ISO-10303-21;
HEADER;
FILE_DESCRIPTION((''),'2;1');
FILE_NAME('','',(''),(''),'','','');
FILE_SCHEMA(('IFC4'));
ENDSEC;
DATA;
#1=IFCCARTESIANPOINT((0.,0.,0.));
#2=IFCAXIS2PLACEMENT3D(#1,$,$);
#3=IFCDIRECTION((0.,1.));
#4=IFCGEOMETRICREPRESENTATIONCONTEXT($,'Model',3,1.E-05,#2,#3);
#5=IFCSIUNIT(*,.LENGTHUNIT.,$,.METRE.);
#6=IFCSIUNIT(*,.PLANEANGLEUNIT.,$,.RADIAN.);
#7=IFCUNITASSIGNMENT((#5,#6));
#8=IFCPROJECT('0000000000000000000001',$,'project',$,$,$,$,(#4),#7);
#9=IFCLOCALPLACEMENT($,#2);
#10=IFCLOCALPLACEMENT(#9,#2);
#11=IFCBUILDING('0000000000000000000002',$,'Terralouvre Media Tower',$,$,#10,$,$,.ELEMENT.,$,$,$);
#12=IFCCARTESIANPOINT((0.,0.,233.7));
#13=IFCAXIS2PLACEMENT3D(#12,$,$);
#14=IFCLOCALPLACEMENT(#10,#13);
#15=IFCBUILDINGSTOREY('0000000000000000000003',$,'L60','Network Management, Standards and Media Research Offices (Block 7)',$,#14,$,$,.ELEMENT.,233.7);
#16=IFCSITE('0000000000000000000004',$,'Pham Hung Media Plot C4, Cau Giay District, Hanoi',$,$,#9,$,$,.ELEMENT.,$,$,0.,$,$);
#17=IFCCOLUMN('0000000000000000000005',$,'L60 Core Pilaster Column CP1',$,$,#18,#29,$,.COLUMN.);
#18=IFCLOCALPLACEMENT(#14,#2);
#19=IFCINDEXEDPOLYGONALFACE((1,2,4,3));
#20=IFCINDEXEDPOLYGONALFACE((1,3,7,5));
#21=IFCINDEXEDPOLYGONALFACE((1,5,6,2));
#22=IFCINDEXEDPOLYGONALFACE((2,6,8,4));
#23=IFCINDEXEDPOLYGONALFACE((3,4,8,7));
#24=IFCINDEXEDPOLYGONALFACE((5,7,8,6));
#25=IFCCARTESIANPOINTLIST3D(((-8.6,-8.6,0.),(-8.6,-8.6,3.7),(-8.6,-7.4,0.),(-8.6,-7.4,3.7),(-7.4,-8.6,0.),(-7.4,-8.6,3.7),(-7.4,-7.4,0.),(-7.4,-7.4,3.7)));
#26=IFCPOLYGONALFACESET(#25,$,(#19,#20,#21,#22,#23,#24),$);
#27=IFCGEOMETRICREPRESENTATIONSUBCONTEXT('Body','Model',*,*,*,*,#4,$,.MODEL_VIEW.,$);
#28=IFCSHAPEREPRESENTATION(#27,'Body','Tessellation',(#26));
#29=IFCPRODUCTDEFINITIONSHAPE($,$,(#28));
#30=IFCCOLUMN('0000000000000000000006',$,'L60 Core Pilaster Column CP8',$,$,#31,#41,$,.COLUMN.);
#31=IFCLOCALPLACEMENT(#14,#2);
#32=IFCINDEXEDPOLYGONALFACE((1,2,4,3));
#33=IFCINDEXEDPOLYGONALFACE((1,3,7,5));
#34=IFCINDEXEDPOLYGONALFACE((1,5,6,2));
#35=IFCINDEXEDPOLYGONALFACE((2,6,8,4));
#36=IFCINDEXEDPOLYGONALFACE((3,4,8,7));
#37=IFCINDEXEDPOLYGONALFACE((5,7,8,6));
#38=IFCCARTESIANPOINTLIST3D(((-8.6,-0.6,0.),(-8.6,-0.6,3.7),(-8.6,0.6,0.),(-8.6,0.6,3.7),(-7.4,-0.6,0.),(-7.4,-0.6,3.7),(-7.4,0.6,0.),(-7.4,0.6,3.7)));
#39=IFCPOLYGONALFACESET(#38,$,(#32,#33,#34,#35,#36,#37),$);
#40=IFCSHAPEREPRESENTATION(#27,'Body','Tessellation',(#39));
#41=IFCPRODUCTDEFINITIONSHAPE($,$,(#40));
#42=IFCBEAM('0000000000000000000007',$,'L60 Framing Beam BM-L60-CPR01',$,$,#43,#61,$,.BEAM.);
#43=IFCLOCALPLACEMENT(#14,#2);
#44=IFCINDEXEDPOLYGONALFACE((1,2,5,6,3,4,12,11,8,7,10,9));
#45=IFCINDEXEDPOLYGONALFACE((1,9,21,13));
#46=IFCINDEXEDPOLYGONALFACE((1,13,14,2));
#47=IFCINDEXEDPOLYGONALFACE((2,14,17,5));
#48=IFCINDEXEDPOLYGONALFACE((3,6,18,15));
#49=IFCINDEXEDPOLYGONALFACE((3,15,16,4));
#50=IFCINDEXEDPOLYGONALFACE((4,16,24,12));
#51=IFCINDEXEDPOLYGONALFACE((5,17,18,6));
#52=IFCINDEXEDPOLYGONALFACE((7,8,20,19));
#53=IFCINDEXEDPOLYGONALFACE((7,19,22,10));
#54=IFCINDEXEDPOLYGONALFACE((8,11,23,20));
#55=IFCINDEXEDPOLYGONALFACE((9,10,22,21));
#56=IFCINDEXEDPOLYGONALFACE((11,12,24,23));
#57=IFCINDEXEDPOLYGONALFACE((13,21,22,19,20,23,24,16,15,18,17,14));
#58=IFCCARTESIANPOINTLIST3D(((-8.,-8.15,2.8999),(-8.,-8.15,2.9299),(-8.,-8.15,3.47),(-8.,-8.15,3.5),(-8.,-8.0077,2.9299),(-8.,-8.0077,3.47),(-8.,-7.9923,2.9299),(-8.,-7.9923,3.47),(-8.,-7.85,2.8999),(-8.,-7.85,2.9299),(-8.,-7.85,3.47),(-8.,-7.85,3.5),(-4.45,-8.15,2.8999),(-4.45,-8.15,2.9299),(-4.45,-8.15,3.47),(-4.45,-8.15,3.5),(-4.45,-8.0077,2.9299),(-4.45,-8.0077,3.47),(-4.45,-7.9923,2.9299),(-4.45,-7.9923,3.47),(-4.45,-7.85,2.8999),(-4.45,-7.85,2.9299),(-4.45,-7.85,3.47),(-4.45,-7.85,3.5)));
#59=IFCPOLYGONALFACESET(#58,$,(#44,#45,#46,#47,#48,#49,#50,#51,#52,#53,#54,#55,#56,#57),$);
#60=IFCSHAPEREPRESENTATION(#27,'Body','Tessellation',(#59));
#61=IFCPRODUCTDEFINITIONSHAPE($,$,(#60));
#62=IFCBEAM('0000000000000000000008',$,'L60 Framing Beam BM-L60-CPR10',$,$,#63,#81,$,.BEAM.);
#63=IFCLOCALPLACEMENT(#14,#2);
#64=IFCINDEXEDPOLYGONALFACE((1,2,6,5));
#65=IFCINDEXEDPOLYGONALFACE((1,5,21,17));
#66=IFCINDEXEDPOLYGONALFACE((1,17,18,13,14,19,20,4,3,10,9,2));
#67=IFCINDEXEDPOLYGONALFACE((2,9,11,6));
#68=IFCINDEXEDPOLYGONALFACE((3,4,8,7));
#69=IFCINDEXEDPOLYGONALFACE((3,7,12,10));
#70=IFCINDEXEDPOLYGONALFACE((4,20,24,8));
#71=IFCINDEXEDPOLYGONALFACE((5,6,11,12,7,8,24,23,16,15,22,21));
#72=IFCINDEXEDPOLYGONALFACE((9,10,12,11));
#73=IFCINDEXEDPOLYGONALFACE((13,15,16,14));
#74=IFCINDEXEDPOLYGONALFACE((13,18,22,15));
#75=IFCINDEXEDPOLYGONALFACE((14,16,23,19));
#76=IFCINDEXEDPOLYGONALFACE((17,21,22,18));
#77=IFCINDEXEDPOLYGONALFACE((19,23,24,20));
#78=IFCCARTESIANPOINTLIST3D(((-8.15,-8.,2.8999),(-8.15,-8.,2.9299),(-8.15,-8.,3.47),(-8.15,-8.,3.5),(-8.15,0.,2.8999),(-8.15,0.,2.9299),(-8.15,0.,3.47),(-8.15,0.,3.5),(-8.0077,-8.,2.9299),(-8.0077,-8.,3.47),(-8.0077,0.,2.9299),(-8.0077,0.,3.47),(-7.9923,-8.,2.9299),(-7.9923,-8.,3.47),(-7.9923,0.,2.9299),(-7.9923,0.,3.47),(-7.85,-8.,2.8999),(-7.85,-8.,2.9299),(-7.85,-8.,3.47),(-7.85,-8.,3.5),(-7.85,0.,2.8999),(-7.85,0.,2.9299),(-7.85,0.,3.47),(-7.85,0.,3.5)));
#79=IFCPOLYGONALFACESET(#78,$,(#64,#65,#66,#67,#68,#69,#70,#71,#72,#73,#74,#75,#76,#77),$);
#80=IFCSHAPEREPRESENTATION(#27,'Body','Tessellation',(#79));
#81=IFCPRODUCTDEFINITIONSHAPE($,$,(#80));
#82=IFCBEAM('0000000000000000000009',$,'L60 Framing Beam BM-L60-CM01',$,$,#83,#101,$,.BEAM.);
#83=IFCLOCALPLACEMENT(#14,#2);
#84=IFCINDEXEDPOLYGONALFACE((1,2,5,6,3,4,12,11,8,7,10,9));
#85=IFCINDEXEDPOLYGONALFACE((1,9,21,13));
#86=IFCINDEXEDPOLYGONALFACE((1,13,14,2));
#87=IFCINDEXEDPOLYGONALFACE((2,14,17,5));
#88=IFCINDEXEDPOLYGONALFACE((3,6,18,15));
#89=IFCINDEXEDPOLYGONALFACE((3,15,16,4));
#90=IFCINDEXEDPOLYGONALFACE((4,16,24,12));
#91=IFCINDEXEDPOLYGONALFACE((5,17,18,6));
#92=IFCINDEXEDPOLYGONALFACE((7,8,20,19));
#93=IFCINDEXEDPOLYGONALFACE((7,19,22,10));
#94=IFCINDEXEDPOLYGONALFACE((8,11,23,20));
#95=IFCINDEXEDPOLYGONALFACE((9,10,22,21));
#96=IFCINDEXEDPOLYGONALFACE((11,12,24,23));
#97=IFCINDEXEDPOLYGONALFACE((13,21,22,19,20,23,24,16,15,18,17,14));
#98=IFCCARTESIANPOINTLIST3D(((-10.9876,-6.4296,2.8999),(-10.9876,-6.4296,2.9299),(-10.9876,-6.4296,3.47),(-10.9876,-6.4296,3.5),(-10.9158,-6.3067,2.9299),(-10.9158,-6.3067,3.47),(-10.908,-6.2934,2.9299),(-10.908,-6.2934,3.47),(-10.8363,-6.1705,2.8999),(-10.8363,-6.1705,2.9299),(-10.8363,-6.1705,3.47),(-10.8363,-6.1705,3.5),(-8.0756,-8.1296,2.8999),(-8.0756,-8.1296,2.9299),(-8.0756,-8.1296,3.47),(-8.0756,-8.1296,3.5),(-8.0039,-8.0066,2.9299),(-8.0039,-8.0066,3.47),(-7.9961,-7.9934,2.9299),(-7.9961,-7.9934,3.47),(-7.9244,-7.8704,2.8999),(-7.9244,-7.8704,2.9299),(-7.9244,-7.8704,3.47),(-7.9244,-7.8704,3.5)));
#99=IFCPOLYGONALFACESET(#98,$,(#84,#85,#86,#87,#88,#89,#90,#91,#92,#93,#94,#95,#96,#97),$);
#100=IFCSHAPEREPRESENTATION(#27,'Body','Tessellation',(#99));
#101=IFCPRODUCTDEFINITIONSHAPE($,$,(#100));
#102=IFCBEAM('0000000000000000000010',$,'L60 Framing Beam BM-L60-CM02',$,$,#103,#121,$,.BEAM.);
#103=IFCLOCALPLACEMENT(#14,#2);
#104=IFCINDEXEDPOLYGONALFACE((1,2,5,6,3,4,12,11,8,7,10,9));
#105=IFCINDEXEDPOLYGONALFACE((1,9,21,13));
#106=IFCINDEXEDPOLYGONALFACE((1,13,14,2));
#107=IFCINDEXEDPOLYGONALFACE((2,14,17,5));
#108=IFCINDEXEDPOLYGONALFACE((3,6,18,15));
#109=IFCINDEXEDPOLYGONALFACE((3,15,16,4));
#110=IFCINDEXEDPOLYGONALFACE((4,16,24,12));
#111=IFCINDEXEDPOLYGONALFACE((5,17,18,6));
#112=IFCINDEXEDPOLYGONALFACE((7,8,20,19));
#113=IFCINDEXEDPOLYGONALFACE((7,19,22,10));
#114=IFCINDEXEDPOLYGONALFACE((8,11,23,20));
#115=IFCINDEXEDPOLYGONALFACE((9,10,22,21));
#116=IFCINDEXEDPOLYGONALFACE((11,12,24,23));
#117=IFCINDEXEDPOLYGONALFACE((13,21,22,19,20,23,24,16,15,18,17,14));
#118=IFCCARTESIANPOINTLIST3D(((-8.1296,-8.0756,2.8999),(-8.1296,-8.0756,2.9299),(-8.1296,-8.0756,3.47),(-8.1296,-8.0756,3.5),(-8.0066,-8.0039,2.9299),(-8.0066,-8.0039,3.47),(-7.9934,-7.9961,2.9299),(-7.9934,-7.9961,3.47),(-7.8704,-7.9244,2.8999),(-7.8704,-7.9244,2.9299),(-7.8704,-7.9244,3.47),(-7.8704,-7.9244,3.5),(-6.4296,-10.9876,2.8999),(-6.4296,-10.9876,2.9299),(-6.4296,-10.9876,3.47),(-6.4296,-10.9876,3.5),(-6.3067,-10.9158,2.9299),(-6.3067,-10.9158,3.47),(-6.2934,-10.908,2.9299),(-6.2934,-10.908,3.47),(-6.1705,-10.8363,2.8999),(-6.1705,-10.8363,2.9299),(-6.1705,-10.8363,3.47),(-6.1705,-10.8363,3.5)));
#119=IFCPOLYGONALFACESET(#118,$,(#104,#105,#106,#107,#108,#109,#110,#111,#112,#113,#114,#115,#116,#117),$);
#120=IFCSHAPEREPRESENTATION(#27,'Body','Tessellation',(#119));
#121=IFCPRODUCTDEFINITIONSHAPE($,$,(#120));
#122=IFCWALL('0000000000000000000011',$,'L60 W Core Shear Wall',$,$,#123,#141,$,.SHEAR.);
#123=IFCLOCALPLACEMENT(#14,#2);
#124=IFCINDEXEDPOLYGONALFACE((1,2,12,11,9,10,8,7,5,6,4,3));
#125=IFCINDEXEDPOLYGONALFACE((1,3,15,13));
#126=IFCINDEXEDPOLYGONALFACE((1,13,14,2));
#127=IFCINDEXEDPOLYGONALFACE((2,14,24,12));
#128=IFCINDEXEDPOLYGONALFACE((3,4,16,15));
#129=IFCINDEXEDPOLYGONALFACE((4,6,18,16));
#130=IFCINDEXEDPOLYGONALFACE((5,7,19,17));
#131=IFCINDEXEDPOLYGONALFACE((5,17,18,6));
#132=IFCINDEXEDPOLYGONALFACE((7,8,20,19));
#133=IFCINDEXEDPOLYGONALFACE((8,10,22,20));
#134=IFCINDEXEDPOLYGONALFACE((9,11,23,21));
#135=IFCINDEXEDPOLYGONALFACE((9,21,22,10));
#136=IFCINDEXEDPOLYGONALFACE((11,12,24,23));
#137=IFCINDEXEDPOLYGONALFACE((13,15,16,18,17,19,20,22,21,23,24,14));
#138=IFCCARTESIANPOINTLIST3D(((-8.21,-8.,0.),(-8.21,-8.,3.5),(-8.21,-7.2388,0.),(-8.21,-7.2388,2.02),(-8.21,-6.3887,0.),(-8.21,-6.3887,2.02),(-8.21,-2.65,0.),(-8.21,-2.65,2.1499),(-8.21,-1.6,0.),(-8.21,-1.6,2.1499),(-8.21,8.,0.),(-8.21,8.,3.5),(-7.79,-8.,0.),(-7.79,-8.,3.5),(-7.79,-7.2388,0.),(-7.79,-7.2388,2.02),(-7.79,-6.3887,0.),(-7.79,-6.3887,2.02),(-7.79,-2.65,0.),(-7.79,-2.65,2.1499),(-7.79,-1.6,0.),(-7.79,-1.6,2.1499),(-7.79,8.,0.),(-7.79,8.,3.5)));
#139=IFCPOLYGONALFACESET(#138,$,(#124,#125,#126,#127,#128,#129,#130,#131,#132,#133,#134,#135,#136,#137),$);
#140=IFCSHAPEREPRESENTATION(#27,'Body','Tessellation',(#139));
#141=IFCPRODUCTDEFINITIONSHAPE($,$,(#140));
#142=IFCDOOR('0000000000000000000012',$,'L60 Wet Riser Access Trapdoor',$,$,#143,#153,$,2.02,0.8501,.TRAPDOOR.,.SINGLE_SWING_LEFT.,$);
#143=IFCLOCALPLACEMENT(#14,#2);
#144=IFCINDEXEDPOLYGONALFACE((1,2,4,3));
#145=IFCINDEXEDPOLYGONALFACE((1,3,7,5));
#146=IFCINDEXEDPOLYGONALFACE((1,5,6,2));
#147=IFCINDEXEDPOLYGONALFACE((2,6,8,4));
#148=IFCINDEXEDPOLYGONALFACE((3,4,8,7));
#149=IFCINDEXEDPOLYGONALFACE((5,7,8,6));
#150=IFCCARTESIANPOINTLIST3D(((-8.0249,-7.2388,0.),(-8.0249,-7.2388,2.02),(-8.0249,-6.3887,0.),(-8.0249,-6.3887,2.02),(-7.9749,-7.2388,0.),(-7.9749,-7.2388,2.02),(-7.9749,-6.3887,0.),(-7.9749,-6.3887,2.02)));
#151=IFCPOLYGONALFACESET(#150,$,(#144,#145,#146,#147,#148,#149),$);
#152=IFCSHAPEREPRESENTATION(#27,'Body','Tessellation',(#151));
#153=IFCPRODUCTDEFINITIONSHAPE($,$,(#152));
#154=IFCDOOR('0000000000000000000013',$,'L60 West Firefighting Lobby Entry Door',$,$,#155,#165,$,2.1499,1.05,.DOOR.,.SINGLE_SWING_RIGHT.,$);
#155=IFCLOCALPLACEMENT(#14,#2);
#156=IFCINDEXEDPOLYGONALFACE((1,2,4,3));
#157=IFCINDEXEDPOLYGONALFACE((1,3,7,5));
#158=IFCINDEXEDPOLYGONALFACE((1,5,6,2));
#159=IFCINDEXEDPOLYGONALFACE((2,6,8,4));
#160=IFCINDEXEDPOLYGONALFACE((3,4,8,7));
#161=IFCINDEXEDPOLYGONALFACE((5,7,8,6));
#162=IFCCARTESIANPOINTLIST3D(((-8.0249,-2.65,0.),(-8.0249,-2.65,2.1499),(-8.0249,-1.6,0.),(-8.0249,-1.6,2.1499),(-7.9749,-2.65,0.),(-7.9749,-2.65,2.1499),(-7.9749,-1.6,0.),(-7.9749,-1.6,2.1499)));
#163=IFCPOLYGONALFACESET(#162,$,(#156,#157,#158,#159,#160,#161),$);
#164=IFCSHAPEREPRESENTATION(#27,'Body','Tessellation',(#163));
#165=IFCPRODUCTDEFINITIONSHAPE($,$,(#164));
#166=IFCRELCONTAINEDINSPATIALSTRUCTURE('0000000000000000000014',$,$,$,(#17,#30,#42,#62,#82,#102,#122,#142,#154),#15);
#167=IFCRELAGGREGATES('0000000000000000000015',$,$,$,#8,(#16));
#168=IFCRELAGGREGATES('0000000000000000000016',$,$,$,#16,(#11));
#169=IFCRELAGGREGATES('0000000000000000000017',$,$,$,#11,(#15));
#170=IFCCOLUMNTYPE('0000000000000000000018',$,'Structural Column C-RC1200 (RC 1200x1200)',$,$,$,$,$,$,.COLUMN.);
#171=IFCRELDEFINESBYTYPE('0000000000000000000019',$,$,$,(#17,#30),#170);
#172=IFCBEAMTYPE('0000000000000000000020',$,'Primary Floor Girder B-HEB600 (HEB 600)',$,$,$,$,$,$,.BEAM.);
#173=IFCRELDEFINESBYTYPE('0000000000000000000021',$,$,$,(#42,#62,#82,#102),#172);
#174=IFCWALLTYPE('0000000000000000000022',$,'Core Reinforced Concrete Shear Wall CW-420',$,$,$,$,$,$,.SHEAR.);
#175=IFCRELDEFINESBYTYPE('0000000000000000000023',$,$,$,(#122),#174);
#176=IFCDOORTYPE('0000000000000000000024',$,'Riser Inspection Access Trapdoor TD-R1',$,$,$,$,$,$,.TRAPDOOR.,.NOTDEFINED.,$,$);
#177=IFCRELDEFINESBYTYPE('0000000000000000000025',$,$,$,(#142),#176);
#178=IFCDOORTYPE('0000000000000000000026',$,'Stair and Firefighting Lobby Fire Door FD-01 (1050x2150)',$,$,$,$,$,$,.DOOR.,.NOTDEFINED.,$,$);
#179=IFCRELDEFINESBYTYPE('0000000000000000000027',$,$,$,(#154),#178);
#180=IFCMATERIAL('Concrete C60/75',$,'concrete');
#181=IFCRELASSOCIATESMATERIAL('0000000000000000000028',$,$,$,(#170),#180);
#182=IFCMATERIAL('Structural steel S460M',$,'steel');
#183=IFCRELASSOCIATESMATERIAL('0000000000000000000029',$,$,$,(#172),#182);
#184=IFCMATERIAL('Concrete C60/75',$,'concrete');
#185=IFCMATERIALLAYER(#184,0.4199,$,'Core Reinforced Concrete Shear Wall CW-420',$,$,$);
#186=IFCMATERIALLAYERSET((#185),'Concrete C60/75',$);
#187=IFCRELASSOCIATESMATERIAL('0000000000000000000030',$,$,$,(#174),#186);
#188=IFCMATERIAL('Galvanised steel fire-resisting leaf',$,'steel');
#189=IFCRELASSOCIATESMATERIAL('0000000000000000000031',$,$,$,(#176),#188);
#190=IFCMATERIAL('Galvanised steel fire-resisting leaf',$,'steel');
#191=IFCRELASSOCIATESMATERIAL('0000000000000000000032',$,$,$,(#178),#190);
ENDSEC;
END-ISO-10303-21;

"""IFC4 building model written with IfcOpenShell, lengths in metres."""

from ifc_helpers import new_model, si_unit, direction, frame, frame_2d, origin, origin_2d, place, context, subcontext, project, spatial, rectangle, i_section, extrude, material, layer, layer_set, material_profile, profile_set, type_object, element, fill, save


model = new_model("IFC4")

# Units and contexts
model_context = context("Model", 3, precision=1e-05, world=origin(), true_north=direction((0.0, 1.0)))
body_context = subcontext(model_context, "Body", "Model", "MODEL_VIEW")
ifc_project = project(units=[si_unit("LENGTHUNIT", "METRE"), si_unit("PLANEANGLEUNIT", "RADIAN")], contexts=[model_context])

# Site, building, storey
site_placement = place(None, origin())
site = spatial("IfcSite", under=ifc_project, at=site_placement, Name="Pham Hung Media Plot C4, Cau Giay District, Hanoi", CompositionType="ELEMENT", RefElevation=0.0)
building_placement = place(site_placement, origin())
building = spatial("IfcBuilding", under=site, at=building_placement, Name="Terralouvre Media Tower", CompositionType="ELEMENT")
storey_placement = place(building_placement, frame((0.0, 0.0, 233.7)))
storey = spatial("IfcBuildingStorey", under=building, at=storey_placement, Name="L60", Description="Network Management, Standards and Media Research Offices (Block 7)", CompositionType="ELEMENT", Elevation=233.7)

# Columns
ifc_material_1 = material(Name="Concrete C60/75", Category="concrete")
ifc_material_profile_1 = material_profile(ifc_material_1, rectangle(XDim=1.2, YDim=1.2, at=origin_2d()), Name="RC 1200x1200")
ifc_profile_set_1 = profile_set([ifc_material_profile_1], Name="Concrete C60/75")
column_type = type_object("IfcColumnType", Name="Structural Column C-RC1200 (RC 1200x1200)", PredefinedType="COLUMN", material=ifc_profile_set_1)
for number, where, z_axis, x_axis, name in (
    (1, (-8.0, -8.0, 0.0), (0.0, 0.0, 1.0), (1.0, 0.0, 0.0), "L60 Core Pilaster Column CP1"),
    (2, (-8.0, 0.0, 0.0), (0.0, 0.0, 1.0), (1.0, 0.0, 0.0), "L60 Core Pilaster Column CP8"),
):
    element("IfcColumn", number, at=place(storey_placement, frame(where, z_axis=z_axis, x_axis=x_axis)), inside=storey, type_object=column_type, Name=name, PredefinedType="COLUMN", context=body_context, shape_type="SweptSolid", body=[
        extrude(rectangle(XDim=1.2, YDim=1.2, at=origin_2d()), origin(), (0.0, 0.0, 1.0), 3.7),
    ])

# Beams
ifc_material_2 = material(Name="Structural steel S460M", Category="steel")
ifc_material_profile_2 = material_profile(ifc_material_2, i_section(OverallWidth=0.3, OverallDepth=0.6001, WebThickness=0.0154, FlangeThickness=0.03, at=origin_2d()), Name="HEB 600")
ifc_profile_set_2 = profile_set([ifc_material_profile_2], Name="Structural steel S460M")
beam_type = type_object("IfcBeamType", Name="Primary Floor Girder B-HEB600 (HEB 600)", PredefinedType="BEAM", material=ifc_profile_set_2)
beam_1_placement = place(storey_placement, frame((-8.0, -8.0, 3.2), z_axis=(1.0, 0.0, 0.0), x_axis=(0.0, 1.0, 0.0)))
element("IfcBeam", 3, at=beam_1_placement, inside=storey, type_object=beam_type, Name="L60 Framing Beam BM-L60-CPR01", PredefinedType="BEAM", context=body_context, shape_type="SweptSolid", body=[
    extrude(i_section(OverallWidth=0.3, OverallDepth=0.6001, WebThickness=0.0154, FlangeThickness=0.03, at=origin_2d()), origin(), (0.0, 0.0, 1.0), 3.55),
])
beam_2_placement = place(storey_placement, frame((-8.0, 0.0, 3.2), z_axis=(0.0, -1.0, 0.0), x_axis=(1.0, 0.0, 0.0)))
element("IfcBeam", 4, at=beam_2_placement, inside=storey, type_object=beam_type, Name="L60 Framing Beam BM-L60-CPR10", PredefinedType="BEAM", context=body_context, shape_type="SweptSolid", body=[
    extrude(i_section(OverallWidth=0.3, OverallDepth=0.6001, WebThickness=0.0154, FlangeThickness=0.03, at=origin_2d()), origin(), (0.0, 0.0, 1.0), 8.0),
])
for number, where, z_axis, x_axis, name in (
    (5, (-8.0, -8.0, 3.2), (-0.863603, 0.504173, 0.0), (-0.504173, -0.863603, 0.0), "L60 Framing Beam BM-L60-CM01"),
    (6, (-8.0, -8.0, 3.2), (0.504173, -0.863603, 0.0), (0.863603, 0.504173, 0.0), "L60 Framing Beam BM-L60-CM02"),
):
    element("IfcBeam", number, at=place(storey_placement, frame(where, z_axis=z_axis, x_axis=x_axis)), inside=storey, type_object=beam_type, Name=name, PredefinedType="BEAM", context=body_context, shape_type="SweptSolid", body=[
        extrude(i_section(OverallWidth=0.3, OverallDepth=0.6001, WebThickness=0.0154, FlangeThickness=0.03, at=origin_2d()), origin(), (0.0, 0.0, 1.0), 3.3718),
    ])

# Wall, openings, doors
ifc_material_3 = material(Name="Concrete C60/75", Category="concrete")
ifc_layer_1 = layer(ifc_material_3, 0.4199, Name="Core Reinforced Concrete Shear Wall CW-420")
ifc_layer_set_1 = layer_set([ifc_layer_1], Name="Concrete C60/75")
wall_type_1 = type_object("IfcWallType", Name="Core Reinforced Concrete Shear Wall CW-420", PredefinedType="SHEAR", material=ifc_layer_set_1)
wall_1_placement = place(storey_placement, frame((-8.0, -8.0, 0.0), z_axis=(0.0, 0.0, 1.0), x_axis=(0.0, 1.0, 0.0)))
wall_1 = element("IfcWall", 7, at=wall_1_placement, inside=storey, type_object=wall_type_1, Name="L60 W Core Shear Wall", PredefinedType="SHEAR", context=body_context, shape_type="SweptSolid", body=[
    extrude(rectangle(XDim=16.0, YDim=0.4199, at=frame_2d((8.0, 0.0))), origin(), (0.0, 0.0, 1.0), 3.5),
])
opening_1_placement = place(wall_1_placement, frame((0.7612, 0.0, 0.0)))
opening_1 = element("IfcOpeningElement", 8, at=opening_1_placement, cuts=wall_1, PredefinedType="OPENING", context=body_context, shape_type="SweptSolid", body=[
    extrude(rectangle(XDim=0.8501, YDim=2.02, at=frame_2d((0.425, 1.01))), frame((0.0, 0.22, 0.0), z_axis=(0.0, -1.0, 0.0), x_axis=(1.0, 0.0, 0.0)), (0.0, 0.0, 1.0), 0.4399),
])
opening_2_placement = place(wall_1_placement, frame((5.3501, 0.0, 0.0)))
opening_2 = element("IfcOpeningElement", 9, at=opening_2_placement, cuts=wall_1, PredefinedType="OPENING", context=body_context, shape_type="SweptSolid", body=[
    extrude(rectangle(XDim=1.05, YDim=2.1499, at=frame_2d((0.5249, 1.075))), frame((0.0, 0.22, 0.0), z_axis=(0.0, -1.0, 0.0), x_axis=(1.0, 0.0, 0.0)), (0.0, 0.0, 1.0), 0.4399),
])
ifc_material_4 = material(Name="Galvanised steel fire-resisting leaf", Category="steel")
door_type_1 = type_object("IfcDoorType", Name="Riser Inspection Access Trapdoor TD-R1", OperationType="NOTDEFINED", PredefinedType="TRAPDOOR", material=ifc_material_4)
door_1_placement = place(opening_1_placement, origin())
door_1 = element("IfcDoor", 10, at=door_1_placement, inside=storey, type_object=door_type_1, Name="L60 Wet Riser Access Trapdoor", OperationType="SINGLE_SWING_LEFT", OverallHeight=2.02, OverallWidth=0.8501, PredefinedType="TRAPDOOR", context=body_context, shape_type="SweptSolid", body=[
    extrude(rectangle(XDim=0.8501, YDim=2.02, at=frame_2d((0.425, 1.01))), frame((0.0, 0.0249, 0.0), z_axis=(0.0, -1.0, 0.0), x_axis=(1.0, 0.0, 0.0)), (0.0, 0.0, 1.0), 0.05),
])
fill(opening_1, door_1)
ifc_material_5 = material(Name="Galvanised steel fire-resisting leaf", Category="steel")
door_type_2 = type_object("IfcDoorType", Name="Stair and Firefighting Lobby Fire Door FD-01 (1050x2150)", OperationType="NOTDEFINED", PredefinedType="DOOR", material=ifc_material_5)
door_2_placement = place(opening_2_placement, origin())
door_2 = element("IfcDoor", 11, at=door_2_placement, inside=storey, type_object=door_type_2, Name="L60 West Firefighting Lobby Entry Door", OperationType="SINGLE_SWING_RIGHT", OverallHeight=2.1499, OverallWidth=1.05, PredefinedType="DOOR", context=body_context, shape_type="SweptSolid", body=[
    extrude(rectangle(XDim=1.05, YDim=2.1499, at=frame_2d((0.5249, 1.075))), frame((0.0, 0.0249, 0.0), z_axis=(0.0, -1.0, 0.0), x_axis=(1.0, 0.0, 0.0)), (0.0, 0.0, 1.0), 0.05),
])
fill(opening_2, door_2)

save(model, "model.ifc")
